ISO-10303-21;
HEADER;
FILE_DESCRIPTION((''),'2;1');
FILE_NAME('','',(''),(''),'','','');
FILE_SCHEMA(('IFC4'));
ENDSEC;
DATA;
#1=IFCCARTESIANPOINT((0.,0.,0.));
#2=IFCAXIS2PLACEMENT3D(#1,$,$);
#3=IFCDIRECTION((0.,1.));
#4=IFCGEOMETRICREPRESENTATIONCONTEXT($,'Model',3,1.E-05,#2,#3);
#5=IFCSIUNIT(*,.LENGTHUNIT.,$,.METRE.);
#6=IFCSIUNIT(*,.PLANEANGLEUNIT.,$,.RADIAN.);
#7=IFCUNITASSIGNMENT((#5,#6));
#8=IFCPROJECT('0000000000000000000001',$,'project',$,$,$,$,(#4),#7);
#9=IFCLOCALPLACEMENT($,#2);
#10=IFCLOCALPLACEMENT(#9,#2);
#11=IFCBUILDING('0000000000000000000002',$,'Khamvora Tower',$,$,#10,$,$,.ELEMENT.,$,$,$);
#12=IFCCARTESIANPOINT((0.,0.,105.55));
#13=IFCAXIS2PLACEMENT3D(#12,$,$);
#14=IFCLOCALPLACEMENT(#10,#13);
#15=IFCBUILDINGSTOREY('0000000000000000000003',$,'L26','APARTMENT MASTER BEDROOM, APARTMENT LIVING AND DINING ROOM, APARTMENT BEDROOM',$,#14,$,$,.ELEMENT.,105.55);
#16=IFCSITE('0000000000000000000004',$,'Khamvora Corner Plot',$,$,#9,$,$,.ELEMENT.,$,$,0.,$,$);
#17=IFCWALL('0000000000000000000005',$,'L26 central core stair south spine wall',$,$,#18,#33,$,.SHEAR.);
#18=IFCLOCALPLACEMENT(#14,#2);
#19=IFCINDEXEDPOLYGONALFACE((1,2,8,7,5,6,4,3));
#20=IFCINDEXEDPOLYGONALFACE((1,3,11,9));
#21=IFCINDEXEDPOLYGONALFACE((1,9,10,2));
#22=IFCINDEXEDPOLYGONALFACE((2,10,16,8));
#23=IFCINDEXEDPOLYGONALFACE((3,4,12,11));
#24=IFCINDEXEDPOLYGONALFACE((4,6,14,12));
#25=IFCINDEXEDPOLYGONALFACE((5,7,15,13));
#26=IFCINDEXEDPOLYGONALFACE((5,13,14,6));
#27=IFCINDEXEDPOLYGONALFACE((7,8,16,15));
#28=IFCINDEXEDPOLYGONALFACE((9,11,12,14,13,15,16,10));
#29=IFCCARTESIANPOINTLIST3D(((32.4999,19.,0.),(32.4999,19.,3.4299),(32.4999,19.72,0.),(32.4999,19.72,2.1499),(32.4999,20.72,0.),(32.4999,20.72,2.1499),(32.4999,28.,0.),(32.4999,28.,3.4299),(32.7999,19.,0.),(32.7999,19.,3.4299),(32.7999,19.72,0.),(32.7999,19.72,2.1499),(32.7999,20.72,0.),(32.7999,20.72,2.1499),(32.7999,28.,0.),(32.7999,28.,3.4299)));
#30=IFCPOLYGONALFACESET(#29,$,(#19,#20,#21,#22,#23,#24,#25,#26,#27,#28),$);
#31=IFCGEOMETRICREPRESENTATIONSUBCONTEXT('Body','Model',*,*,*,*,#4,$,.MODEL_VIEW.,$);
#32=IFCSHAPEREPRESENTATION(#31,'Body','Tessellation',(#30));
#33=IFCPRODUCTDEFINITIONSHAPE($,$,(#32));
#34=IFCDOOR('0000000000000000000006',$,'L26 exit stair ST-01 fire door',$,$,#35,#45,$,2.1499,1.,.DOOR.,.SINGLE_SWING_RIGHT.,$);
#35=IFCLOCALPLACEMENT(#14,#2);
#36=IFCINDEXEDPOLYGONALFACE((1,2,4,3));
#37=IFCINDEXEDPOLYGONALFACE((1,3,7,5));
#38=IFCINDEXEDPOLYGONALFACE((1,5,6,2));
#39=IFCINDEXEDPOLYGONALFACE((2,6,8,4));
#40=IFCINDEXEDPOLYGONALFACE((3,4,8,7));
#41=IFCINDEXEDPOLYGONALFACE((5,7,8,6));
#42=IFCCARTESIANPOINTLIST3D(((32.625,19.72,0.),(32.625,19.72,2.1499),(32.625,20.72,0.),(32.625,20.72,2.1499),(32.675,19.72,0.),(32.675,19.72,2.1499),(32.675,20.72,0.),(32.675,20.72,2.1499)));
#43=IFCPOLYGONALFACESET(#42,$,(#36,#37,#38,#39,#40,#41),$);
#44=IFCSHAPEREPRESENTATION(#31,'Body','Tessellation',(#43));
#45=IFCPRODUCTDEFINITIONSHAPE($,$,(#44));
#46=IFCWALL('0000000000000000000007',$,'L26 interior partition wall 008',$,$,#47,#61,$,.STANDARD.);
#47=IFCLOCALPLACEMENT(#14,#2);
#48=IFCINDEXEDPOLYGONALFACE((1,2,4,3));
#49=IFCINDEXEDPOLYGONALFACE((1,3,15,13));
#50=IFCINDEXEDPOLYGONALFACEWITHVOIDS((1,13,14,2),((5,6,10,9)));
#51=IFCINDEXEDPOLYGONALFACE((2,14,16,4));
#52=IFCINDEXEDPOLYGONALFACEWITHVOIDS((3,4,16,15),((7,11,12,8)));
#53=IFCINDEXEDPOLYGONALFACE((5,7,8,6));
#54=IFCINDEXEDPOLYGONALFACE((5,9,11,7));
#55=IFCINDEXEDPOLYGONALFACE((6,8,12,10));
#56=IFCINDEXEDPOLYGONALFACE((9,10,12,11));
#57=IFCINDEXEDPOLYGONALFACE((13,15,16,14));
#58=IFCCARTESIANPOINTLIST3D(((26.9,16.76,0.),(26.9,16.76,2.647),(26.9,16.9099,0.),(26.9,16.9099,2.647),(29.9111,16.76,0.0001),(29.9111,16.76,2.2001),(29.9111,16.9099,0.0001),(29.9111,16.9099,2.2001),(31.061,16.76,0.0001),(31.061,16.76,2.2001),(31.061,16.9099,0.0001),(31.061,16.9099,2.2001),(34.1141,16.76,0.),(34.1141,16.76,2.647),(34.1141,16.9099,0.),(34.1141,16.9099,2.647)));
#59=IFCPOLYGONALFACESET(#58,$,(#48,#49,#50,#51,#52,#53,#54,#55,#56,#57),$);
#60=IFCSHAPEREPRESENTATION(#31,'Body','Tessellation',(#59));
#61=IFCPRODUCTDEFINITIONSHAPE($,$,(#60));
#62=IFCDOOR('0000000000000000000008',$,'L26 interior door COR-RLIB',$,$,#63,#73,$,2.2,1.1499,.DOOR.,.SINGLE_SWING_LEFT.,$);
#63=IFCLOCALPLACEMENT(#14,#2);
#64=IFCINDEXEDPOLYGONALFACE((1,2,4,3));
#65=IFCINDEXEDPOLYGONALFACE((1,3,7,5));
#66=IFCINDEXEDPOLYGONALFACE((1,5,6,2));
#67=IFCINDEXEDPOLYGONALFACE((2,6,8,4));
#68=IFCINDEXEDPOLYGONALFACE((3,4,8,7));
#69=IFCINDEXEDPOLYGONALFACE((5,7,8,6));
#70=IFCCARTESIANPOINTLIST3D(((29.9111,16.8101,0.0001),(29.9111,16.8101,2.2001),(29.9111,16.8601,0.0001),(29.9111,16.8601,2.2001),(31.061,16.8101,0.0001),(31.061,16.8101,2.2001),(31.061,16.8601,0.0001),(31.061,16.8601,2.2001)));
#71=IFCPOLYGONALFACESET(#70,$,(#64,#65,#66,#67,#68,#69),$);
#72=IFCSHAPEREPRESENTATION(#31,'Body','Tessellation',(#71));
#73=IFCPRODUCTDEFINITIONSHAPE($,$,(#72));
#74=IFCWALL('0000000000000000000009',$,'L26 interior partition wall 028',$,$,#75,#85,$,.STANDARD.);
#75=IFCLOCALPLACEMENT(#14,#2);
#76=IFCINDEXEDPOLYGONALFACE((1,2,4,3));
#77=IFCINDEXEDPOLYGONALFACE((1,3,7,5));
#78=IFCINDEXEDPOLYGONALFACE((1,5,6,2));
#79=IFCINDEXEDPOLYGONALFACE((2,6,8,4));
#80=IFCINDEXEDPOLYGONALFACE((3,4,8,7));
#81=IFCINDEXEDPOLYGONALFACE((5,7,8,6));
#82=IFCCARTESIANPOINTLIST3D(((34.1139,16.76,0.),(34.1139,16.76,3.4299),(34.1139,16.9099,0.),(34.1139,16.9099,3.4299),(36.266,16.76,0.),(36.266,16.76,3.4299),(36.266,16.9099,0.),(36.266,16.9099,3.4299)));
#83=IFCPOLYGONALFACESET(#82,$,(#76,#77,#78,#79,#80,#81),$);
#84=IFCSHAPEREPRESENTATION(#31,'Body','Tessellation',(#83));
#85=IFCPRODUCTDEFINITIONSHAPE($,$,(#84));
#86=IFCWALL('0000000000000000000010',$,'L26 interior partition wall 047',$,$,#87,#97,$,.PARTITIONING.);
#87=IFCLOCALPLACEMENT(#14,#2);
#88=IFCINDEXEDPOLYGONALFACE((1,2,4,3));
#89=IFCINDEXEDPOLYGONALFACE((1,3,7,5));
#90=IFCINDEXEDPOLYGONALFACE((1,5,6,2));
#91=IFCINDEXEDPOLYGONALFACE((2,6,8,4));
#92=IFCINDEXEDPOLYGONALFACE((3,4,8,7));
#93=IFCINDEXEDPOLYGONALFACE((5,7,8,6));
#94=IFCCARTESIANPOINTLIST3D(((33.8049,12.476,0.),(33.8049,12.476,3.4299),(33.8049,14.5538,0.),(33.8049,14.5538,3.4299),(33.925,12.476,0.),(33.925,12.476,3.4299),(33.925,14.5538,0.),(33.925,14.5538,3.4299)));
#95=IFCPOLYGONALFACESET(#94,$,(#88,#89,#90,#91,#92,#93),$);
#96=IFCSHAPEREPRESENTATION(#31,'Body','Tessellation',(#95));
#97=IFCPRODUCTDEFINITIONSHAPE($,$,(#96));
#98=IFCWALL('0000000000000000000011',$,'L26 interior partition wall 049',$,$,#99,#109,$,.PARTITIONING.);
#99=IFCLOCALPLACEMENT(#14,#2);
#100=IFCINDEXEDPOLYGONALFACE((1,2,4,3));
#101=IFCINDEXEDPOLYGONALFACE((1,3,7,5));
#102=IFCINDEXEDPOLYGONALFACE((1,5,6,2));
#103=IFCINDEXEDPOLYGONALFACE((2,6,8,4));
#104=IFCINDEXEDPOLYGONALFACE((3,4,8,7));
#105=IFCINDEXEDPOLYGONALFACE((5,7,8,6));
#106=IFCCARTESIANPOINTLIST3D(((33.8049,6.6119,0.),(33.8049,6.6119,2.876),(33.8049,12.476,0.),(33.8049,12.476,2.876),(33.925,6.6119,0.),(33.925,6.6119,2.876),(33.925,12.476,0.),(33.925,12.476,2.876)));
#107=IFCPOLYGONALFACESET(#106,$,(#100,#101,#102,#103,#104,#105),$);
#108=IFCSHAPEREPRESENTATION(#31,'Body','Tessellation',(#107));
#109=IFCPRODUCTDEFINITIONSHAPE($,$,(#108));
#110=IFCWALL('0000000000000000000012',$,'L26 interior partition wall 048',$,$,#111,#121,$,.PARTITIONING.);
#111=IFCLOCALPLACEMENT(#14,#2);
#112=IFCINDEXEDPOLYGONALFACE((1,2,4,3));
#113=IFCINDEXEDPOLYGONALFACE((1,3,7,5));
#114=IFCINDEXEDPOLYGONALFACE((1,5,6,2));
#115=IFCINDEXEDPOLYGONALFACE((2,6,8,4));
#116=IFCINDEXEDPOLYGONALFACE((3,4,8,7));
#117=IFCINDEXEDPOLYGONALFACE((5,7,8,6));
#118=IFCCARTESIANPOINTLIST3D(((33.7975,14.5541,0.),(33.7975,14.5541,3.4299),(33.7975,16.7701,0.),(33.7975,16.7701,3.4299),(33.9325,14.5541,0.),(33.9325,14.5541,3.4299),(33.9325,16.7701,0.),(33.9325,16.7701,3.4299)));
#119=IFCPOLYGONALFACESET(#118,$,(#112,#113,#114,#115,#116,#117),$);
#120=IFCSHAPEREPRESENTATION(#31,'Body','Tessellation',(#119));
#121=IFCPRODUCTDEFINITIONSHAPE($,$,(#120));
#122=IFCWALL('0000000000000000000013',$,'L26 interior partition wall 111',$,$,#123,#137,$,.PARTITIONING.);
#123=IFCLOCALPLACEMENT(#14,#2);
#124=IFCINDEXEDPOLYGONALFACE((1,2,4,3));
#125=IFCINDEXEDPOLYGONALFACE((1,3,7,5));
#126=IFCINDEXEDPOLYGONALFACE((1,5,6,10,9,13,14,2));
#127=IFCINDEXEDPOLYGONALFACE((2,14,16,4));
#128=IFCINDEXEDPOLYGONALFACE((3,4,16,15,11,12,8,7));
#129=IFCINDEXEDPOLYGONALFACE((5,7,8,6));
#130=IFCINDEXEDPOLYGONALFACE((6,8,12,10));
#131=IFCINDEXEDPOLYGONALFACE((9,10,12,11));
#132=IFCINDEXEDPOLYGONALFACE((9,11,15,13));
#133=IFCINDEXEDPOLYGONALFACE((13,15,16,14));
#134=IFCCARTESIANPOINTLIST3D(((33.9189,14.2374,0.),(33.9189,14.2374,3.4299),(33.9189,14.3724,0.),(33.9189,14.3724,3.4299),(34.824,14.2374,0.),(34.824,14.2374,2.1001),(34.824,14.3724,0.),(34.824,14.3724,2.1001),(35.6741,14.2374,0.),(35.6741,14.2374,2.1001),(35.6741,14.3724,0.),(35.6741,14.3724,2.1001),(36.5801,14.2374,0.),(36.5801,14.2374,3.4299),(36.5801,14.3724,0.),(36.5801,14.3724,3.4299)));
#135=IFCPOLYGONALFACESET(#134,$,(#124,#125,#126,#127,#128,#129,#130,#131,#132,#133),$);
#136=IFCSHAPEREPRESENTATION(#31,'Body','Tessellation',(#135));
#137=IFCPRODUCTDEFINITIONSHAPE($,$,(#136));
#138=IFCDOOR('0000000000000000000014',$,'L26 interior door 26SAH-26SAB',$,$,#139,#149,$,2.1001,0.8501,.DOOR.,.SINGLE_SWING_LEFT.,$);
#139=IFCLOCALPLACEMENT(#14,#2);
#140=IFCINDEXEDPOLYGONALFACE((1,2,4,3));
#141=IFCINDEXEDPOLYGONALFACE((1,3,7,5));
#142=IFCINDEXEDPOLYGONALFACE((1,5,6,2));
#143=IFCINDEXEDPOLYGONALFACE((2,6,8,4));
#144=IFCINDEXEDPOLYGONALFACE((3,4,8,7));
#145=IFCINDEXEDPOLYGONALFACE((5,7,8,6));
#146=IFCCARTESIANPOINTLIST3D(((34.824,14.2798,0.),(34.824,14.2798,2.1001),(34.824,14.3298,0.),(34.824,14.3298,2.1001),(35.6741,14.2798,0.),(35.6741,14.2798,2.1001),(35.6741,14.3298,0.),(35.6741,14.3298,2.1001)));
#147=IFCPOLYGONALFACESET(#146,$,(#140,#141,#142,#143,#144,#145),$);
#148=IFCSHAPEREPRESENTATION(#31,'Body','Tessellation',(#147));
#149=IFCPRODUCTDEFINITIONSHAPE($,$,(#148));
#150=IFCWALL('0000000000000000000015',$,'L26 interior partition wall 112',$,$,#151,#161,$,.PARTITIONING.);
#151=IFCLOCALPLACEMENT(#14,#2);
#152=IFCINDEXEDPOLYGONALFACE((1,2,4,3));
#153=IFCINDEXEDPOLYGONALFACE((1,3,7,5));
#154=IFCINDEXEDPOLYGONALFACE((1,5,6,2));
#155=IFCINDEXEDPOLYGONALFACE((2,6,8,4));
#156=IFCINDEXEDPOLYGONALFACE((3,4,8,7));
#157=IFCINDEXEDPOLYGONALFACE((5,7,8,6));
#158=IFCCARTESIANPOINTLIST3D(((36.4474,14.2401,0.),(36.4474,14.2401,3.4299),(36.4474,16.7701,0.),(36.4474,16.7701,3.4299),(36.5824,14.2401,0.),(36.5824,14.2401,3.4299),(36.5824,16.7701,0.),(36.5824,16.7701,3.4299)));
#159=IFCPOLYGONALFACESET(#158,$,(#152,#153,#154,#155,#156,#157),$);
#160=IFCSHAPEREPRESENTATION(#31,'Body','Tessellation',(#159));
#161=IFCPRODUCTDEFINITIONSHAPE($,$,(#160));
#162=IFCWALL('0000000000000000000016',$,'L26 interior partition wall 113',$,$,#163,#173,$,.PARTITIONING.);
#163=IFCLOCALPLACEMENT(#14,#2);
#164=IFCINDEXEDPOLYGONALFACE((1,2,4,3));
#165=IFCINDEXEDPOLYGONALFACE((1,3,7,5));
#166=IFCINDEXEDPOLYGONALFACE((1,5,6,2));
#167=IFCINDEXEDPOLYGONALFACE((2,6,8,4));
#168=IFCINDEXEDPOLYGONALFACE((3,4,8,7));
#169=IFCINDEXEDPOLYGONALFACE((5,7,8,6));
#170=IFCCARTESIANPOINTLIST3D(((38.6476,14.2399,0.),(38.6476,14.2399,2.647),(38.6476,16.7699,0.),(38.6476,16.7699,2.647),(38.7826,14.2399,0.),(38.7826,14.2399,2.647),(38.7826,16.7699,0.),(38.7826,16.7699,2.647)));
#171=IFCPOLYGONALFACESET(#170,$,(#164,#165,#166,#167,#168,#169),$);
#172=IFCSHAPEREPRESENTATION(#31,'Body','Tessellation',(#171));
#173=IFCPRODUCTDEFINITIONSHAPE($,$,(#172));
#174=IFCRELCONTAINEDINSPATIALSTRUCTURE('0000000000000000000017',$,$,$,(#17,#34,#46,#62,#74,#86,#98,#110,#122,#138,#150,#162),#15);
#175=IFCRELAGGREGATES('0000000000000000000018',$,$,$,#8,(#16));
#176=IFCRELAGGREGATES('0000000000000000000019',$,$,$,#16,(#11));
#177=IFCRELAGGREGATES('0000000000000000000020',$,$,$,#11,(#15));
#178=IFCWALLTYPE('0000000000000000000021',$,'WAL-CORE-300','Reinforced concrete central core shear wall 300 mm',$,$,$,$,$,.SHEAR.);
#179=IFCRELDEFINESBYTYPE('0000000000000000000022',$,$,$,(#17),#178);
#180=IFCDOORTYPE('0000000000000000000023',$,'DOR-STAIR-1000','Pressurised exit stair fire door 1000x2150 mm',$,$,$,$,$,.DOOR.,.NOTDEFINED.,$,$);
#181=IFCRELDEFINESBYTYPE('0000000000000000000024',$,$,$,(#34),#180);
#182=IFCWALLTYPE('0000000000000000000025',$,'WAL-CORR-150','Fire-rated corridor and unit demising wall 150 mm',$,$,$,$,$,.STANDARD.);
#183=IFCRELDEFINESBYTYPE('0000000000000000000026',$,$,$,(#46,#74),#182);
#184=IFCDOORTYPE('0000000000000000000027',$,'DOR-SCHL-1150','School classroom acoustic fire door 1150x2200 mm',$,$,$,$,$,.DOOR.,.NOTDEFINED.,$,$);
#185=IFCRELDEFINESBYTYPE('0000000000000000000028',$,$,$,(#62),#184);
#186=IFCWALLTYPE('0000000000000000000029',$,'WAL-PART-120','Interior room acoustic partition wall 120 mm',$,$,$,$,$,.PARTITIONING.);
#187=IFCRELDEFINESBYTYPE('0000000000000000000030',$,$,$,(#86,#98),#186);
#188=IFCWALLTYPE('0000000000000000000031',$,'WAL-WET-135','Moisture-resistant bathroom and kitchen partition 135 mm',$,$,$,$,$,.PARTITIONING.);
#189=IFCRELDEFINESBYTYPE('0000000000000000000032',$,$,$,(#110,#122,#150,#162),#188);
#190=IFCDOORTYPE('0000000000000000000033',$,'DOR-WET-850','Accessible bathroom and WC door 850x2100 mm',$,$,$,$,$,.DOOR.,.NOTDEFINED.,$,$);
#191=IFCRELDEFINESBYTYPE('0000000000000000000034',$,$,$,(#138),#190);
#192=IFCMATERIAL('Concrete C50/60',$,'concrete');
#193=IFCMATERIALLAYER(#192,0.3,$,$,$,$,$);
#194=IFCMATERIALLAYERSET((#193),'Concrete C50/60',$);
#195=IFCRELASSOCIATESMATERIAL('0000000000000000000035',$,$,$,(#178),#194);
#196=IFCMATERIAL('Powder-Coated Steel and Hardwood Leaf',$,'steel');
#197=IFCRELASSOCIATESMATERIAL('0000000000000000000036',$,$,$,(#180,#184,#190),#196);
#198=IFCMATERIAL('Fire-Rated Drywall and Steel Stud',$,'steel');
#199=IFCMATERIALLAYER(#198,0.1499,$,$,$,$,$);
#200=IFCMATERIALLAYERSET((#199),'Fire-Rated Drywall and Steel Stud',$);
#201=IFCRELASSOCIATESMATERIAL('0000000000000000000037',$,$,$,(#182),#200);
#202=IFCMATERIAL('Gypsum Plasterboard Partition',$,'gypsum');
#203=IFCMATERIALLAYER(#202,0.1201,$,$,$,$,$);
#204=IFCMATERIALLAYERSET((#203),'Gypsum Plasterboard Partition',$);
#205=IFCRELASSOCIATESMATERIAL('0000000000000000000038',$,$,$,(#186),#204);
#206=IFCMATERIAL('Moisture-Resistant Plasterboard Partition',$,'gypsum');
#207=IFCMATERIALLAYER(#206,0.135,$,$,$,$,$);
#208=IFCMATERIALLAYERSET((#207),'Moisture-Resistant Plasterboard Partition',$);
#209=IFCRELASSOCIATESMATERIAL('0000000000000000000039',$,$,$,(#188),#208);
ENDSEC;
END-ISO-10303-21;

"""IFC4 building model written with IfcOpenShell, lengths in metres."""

from ifc_helpers import new_model, si_unit, direction, frame, frame_2d, origin, place, context, subcontext, project, spatial, rectangle, extrude, material, layer, layer_set, type_object, element, fill, save


model = new_model("IFC4")

# Units and contexts
model_context = context("Model", 3, precision=1e-05, world=origin(), true_north=direction((0.0, 1.0)))
body_context = subcontext(model_context, "Body", "Model", "MODEL_VIEW")
ifc_project = project(units=[si_unit("LENGTHUNIT", "METRE"), si_unit("PLANEANGLEUNIT", "RADIAN")], contexts=[model_context])

# Site, building, storey
site_placement = place(None, origin())
site = spatial("IfcSite", under=ifc_project, at=site_placement, Name="Khamvora Corner Plot", CompositionType="ELEMENT", RefElevation=0.0)
building_placement = place(site_placement, origin())
building = spatial("IfcBuilding", under=site, at=building_placement, Name="Khamvora Tower", CompositionType="ELEMENT")
storey_placement = place(building_placement, frame((0.0, 0.0, 105.55)))
storey = spatial("IfcBuildingStorey", under=building, at=storey_placement, Name="L26", Description="APARTMENT MASTER BEDROOM, APARTMENT LIVING AND DINING ROOM, APARTMENT BEDROOM", CompositionType="ELEMENT", Elevation=105.55)

# Walls, openings, doors
ifc_material_1 = material(Name="Concrete C50/60", Category="concrete")
ifc_layer_1 = layer(ifc_material_1, 0.3)
ifc_layer_set_1 = layer_set([ifc_layer_1], Name="Concrete C50/60")
wall_type_1 = type_object("IfcWallType", Name="WAL-CORE-300", Description="Reinforced concrete central core shear wall 300 mm", PredefinedType="SHEAR", material=ifc_layer_set_1)
wall_1_placement = place(storey_placement, frame((32.6499, 19.0, 0.0), z_axis=(0.0, 0.0, 1.0), x_axis=(0.0, 1.0, 0.0)))
wall_1 = element("IfcWall", 1, at=wall_1_placement, inside=storey, type_object=wall_type_1, Name="L26 central core stair south spine wall", PredefinedType="SHEAR", context=body_context, shape_type="SweptSolid", body=[
    extrude(rectangle(XDim=9.0, YDim=0.3, at=frame_2d((4.5, 0.0))), origin(), (0.0, 0.0, 1.0), 3.4299),
])
opening_1_placement = place(wall_1_placement, frame((0.72, 0.0, 0.0)))
opening_1 = element("IfcOpeningElement", 2, at=opening_1_placement, cuts=wall_1, PredefinedType="OPENING", context=body_context, shape_type="SweptSolid", body=[
    extrude(rectangle(XDim=1.0, YDim=2.1499, at=frame_2d((0.5, 1.075))), frame((0.0, 0.1599, 0.0), z_axis=(0.0, -1.0, 0.0), x_axis=(1.0, 0.0, 0.0)), (0.0, 0.0, 1.0), 0.3201),
])
ifc_material_2 = material(Name="Powder-Coated Steel and Hardwood Leaf", Category="steel")
door_type_1 = type_object("IfcDoorType", Name="DOR-STAIR-1000", Description="Pressurised exit stair fire door 1000x2150 mm", OperationType="NOTDEFINED", PredefinedType="DOOR", material=ifc_material_2)
door_1_placement = place(opening_1_placement, origin())
door_1 = element("IfcDoor", 3, at=door_1_placement, inside=storey, type_object=door_type_1, Name="L26 exit stair ST-01 fire door", OperationType="SINGLE_SWING_RIGHT", OverallHeight=2.1499, OverallWidth=1.0, PredefinedType="DOOR", context=body_context, shape_type="SweptSolid", body=[
    extrude(rectangle(XDim=1.0, YDim=2.1499, at=frame_2d((0.5, 1.075))), frame((0.0, 0.0249, 0.0), z_axis=(0.0, -1.0, 0.0), x_axis=(1.0, 0.0, 0.0)), (0.0, 0.0, 1.0), 0.05),
])
fill(opening_1, door_1)
ifc_material_3 = material(Name="Fire-Rated Drywall and Steel Stud", Category="steel")
ifc_layer_2 = layer(ifc_material_3, 0.1499)
ifc_layer_set_2 = layer_set([ifc_layer_2], Name="Fire-Rated Drywall and Steel Stud")
wall_type_2 = type_object("IfcWallType", Name="WAL-CORR-150", Description="Fire-rated corridor and unit demising wall 150 mm", PredefinedType="STANDARD", material=ifc_layer_set_2)
wall_2_placement = place(storey_placement, frame((34.114, 16.835, 0.0), z_axis=(0.0, 0.0, 1.0), x_axis=(-1.0, 0.0, 0.0)))
wall_2 = element("IfcWall", 4, at=wall_2_placement, inside=storey, type_object=wall_type_2, Name="L26 interior partition wall 008", PredefinedType="STANDARD", context=body_context, shape_type="SweptSolid", body=[
    extrude(rectangle(XDim=7.2141, YDim=0.1499, at=frame_2d((3.6069, 0.0))), origin(), (0.0, 0.0, 1.0), 2.647),
])
opening_2_placement = place(wall_2_placement, frame((3.053, 0.0, 0.0)))
opening_2 = element("IfcOpeningElement", 5, at=opening_2_placement, cuts=wall_2, PredefinedType="OPENING", context=body_context, shape_type="SweptSolid", body=[
    extrude(rectangle(XDim=1.1499, YDim=2.2, at=frame_2d((0.575, 1.1001))), frame((0.0, 0.085, 0.0), z_axis=(0.0, -1.0, 0.0), x_axis=(1.0, 0.0, 0.0)), (0.0, 0.0, 1.0), 0.1699),
])
door_type_2 = type_object("IfcDoorType", Name="DOR-SCHL-1150", Description="School classroom acoustic fire door 1150x2200 mm", OperationType="NOTDEFINED", PredefinedType="DOOR", material=ifc_material_2)
door_2_placement = place(opening_2_placement, origin())
door_2 = element("IfcDoor", 6, at=door_2_placement, inside=storey, type_object=door_type_2, Name="L26 interior door COR-RLIB", OperationType="SINGLE_SWING_LEFT", OverallHeight=2.2, OverallWidth=1.1499, PredefinedType="DOOR", context=body_context, shape_type="SweptSolid", body=[
    extrude(rectangle(XDim=1.1499, YDim=2.2, at=frame_2d((0.575, 1.1001))), frame((0.0, 0.0249, 0.0), z_axis=(0.0, -1.0, 0.0), x_axis=(1.0, 0.0, 0.0)), (0.0, 0.0, 1.0), 0.05),
])
fill(opening_2, door_2)

# Walls
wall_3_placement = place(storey_placement, frame((36.2661, 16.835, 0.0), z_axis=(0.0, 0.0, 1.0), x_axis=(-1.0, 0.0, 0.0)))
element("IfcWall", 7, at=wall_3_placement, inside=storey, type_object=wall_type_2, Name="L26 interior partition wall 028", PredefinedType="STANDARD", context=body_context, shape_type="SweptSolid", body=[
    extrude(rectangle(XDim=2.1521, YDim=0.1499, at=frame_2d((1.0762, 0.0))), origin(), (0.0, 0.0, 1.0), 3.4299),
])
ifc_material_4 = material(Name="Gypsum Plasterboard Partition", Category="gypsum")
ifc_layer_3 = layer(ifc_material_4, 0.1201)
ifc_layer_set_3 = layer_set([ifc_layer_3], Name="Gypsum Plasterboard Partition")
wall_type_3 = type_object("IfcWallType", Name="WAL-PART-120", Description="Interior room acoustic partition wall 120 mm", PredefinedType="PARTITIONING", material=ifc_layer_set_3)
wall_4_placement = place(storey_placement, frame((33.865, 14.554, 0.0), z_axis=(0.0, 0.0, 1.0), x_axis=(0.0, -1.0, 0.0)))
element("IfcWall", 8, at=wall_4_placement, inside=storey, type_object=wall_type_3, Name="L26 interior partition wall 047", PredefinedType="PARTITIONING", context=body_context, shape_type="SweptSolid", body=[
    extrude(rectangle(XDim=2.0779, YDim=0.1201, at=frame_2d((1.0391, 0.0))), origin(), (0.0, 0.0, 1.0), 3.4299),
])
wall_5_placement = place(storey_placement, frame((33.865, 12.4761, 0.0), z_axis=(0.0, 0.0, 1.0), x_axis=(0.0, -1.0, 0.0)))
element("IfcWall", 9, at=wall_5_placement, inside=storey, type_object=wall_type_3, Name="L26 interior partition wall 049", PredefinedType="PARTITIONING", context=body_context, shape_type="SweptSolid", body=[
    extrude(rectangle(XDim=5.864, YDim=0.1201, at=frame_2d((2.9321, 0.0))), origin(), (0.0, 0.0, 1.0), 2.876),
])
ifc_material_5 = material(Name="Moisture-Resistant Plasterboard Partition", Category="gypsum")
ifc_layer_4 = layer(ifc_material_5, 0.135)
ifc_layer_set_4 = layer_set([ifc_layer_4], Name="Moisture-Resistant Plasterboard Partition")
wall_type_4 = type_object("IfcWallType", Name="WAL-WET-135", Description="Moisture-resistant bathroom and kitchen partition 135 mm", PredefinedType="PARTITIONING", material=ifc_layer_set_4)
wall_6_placement = place(storey_placement, frame((33.865, 16.77, 0.0), z_axis=(0.0, 0.0, 1.0), x_axis=(0.0, -1.0, 0.0)))
element("IfcWall", 10, at=wall_6_placement, inside=storey, type_object=wall_type_4, Name="L26 interior partition wall 048", PredefinedType="PARTITIONING", context=body_context, shape_type="SweptSolid", body=[
    extrude(rectangle(XDim=2.2161, YDim=0.135, at=frame_2d((1.1079, 0.0))), origin(), (0.0, 0.0, 1.0), 3.4299),
])

# Wall, opening, door
wall_7_placement = place(storey_placement, frame((33.9189, 14.3049, 0.0), z_axis=(0.0, 0.0, 1.0), x_axis=(1.0, 0.0, 0.0)))
wall_7 = element("IfcWall", 11, at=wall_7_placement, inside=storey, type_object=wall_type_4, Name="L26 interior partition wall 111", PredefinedType="PARTITIONING", context=body_context, shape_type="SweptSolid", body=[
    extrude(rectangle(XDim=2.6611, YDim=0.135, at=frame_2d((1.3306, 0.0))), origin(), (0.0, 0.0, 1.0), 3.4299),
])
opening_3_placement = place(wall_7_placement, frame((0.905, 0.0, 0.0)))
opening_3 = element("IfcOpeningElement", 12, at=opening_3_placement, cuts=wall_7, PredefinedType="OPENING", context=body_context, shape_type="SweptSolid", body=[
    extrude(rectangle(XDim=0.8501, YDim=2.1001, at=frame_2d((0.425, 1.05))), frame((0.0, 0.0774, 0.0), z_axis=(0.0, -1.0, 0.0), x_axis=(1.0, 0.0, 0.0)), (0.0, 0.0, 1.0), 0.155),
])
door_type_3 = type_object("IfcDoorType", Name="DOR-WET-850", Description="Accessible bathroom and WC door 850x2100 mm", OperationType="NOTDEFINED", PredefinedType="DOOR", material=ifc_material_2)
door_3_placement = place(opening_3_placement, origin())
door_3 = element("IfcDoor", 13, at=door_3_placement, inside=storey, type_object=door_type_3, Name="L26 interior door 26SAH-26SAB", OperationType="SINGLE_SWING_LEFT", OverallHeight=2.1001, OverallWidth=0.8501, PredefinedType="DOOR", context=body_context, shape_type="SweptSolid", body=[
    extrude(rectangle(XDim=0.8501, YDim=2.1001, at=frame_2d((0.425, 1.05))), frame((0.0, 0.0249, 0.0), z_axis=(0.0, -1.0, 0.0), x_axis=(1.0, 0.0, 0.0)), (0.0, 0.0, 1.0), 0.05),
])
fill(opening_3, door_3)

# Walls
wall_8_placement = place(storey_placement, frame((36.5149, 14.24, 0.0), z_axis=(0.0, 0.0, 1.0), x_axis=(0.0, 1.0, 0.0)))
element("IfcWall", 14, at=wall_8_placement, inside=storey, type_object=wall_type_4, Name="L26 interior partition wall 112", PredefinedType="PARTITIONING", context=body_context, shape_type="SweptSolid", body=[
    extrude(rectangle(XDim=2.53, YDim=0.135, at=frame_2d((1.2651, 0.0))), origin(), (0.0, 0.0, 1.0), 3.4299),
])
wall_9_placement = place(storey_placement, frame((38.7151, 16.77, 0.0), z_axis=(0.0, 0.0, 1.0), x_axis=(0.0, -1.0, 0.0)))
element("IfcWall", 15, at=wall_9_placement, inside=storey, type_object=wall_type_4, Name="L26 interior partition wall 113", PredefinedType="PARTITIONING", context=body_context, shape_type="SweptSolid", body=[
    extrude(rectangle(XDim=2.53, YDim=0.135, at=frame_2d((1.2651, 0.0))), origin(), (0.0, 0.0, 1.0), 2.647),
])

save(model, "model.ifc")
